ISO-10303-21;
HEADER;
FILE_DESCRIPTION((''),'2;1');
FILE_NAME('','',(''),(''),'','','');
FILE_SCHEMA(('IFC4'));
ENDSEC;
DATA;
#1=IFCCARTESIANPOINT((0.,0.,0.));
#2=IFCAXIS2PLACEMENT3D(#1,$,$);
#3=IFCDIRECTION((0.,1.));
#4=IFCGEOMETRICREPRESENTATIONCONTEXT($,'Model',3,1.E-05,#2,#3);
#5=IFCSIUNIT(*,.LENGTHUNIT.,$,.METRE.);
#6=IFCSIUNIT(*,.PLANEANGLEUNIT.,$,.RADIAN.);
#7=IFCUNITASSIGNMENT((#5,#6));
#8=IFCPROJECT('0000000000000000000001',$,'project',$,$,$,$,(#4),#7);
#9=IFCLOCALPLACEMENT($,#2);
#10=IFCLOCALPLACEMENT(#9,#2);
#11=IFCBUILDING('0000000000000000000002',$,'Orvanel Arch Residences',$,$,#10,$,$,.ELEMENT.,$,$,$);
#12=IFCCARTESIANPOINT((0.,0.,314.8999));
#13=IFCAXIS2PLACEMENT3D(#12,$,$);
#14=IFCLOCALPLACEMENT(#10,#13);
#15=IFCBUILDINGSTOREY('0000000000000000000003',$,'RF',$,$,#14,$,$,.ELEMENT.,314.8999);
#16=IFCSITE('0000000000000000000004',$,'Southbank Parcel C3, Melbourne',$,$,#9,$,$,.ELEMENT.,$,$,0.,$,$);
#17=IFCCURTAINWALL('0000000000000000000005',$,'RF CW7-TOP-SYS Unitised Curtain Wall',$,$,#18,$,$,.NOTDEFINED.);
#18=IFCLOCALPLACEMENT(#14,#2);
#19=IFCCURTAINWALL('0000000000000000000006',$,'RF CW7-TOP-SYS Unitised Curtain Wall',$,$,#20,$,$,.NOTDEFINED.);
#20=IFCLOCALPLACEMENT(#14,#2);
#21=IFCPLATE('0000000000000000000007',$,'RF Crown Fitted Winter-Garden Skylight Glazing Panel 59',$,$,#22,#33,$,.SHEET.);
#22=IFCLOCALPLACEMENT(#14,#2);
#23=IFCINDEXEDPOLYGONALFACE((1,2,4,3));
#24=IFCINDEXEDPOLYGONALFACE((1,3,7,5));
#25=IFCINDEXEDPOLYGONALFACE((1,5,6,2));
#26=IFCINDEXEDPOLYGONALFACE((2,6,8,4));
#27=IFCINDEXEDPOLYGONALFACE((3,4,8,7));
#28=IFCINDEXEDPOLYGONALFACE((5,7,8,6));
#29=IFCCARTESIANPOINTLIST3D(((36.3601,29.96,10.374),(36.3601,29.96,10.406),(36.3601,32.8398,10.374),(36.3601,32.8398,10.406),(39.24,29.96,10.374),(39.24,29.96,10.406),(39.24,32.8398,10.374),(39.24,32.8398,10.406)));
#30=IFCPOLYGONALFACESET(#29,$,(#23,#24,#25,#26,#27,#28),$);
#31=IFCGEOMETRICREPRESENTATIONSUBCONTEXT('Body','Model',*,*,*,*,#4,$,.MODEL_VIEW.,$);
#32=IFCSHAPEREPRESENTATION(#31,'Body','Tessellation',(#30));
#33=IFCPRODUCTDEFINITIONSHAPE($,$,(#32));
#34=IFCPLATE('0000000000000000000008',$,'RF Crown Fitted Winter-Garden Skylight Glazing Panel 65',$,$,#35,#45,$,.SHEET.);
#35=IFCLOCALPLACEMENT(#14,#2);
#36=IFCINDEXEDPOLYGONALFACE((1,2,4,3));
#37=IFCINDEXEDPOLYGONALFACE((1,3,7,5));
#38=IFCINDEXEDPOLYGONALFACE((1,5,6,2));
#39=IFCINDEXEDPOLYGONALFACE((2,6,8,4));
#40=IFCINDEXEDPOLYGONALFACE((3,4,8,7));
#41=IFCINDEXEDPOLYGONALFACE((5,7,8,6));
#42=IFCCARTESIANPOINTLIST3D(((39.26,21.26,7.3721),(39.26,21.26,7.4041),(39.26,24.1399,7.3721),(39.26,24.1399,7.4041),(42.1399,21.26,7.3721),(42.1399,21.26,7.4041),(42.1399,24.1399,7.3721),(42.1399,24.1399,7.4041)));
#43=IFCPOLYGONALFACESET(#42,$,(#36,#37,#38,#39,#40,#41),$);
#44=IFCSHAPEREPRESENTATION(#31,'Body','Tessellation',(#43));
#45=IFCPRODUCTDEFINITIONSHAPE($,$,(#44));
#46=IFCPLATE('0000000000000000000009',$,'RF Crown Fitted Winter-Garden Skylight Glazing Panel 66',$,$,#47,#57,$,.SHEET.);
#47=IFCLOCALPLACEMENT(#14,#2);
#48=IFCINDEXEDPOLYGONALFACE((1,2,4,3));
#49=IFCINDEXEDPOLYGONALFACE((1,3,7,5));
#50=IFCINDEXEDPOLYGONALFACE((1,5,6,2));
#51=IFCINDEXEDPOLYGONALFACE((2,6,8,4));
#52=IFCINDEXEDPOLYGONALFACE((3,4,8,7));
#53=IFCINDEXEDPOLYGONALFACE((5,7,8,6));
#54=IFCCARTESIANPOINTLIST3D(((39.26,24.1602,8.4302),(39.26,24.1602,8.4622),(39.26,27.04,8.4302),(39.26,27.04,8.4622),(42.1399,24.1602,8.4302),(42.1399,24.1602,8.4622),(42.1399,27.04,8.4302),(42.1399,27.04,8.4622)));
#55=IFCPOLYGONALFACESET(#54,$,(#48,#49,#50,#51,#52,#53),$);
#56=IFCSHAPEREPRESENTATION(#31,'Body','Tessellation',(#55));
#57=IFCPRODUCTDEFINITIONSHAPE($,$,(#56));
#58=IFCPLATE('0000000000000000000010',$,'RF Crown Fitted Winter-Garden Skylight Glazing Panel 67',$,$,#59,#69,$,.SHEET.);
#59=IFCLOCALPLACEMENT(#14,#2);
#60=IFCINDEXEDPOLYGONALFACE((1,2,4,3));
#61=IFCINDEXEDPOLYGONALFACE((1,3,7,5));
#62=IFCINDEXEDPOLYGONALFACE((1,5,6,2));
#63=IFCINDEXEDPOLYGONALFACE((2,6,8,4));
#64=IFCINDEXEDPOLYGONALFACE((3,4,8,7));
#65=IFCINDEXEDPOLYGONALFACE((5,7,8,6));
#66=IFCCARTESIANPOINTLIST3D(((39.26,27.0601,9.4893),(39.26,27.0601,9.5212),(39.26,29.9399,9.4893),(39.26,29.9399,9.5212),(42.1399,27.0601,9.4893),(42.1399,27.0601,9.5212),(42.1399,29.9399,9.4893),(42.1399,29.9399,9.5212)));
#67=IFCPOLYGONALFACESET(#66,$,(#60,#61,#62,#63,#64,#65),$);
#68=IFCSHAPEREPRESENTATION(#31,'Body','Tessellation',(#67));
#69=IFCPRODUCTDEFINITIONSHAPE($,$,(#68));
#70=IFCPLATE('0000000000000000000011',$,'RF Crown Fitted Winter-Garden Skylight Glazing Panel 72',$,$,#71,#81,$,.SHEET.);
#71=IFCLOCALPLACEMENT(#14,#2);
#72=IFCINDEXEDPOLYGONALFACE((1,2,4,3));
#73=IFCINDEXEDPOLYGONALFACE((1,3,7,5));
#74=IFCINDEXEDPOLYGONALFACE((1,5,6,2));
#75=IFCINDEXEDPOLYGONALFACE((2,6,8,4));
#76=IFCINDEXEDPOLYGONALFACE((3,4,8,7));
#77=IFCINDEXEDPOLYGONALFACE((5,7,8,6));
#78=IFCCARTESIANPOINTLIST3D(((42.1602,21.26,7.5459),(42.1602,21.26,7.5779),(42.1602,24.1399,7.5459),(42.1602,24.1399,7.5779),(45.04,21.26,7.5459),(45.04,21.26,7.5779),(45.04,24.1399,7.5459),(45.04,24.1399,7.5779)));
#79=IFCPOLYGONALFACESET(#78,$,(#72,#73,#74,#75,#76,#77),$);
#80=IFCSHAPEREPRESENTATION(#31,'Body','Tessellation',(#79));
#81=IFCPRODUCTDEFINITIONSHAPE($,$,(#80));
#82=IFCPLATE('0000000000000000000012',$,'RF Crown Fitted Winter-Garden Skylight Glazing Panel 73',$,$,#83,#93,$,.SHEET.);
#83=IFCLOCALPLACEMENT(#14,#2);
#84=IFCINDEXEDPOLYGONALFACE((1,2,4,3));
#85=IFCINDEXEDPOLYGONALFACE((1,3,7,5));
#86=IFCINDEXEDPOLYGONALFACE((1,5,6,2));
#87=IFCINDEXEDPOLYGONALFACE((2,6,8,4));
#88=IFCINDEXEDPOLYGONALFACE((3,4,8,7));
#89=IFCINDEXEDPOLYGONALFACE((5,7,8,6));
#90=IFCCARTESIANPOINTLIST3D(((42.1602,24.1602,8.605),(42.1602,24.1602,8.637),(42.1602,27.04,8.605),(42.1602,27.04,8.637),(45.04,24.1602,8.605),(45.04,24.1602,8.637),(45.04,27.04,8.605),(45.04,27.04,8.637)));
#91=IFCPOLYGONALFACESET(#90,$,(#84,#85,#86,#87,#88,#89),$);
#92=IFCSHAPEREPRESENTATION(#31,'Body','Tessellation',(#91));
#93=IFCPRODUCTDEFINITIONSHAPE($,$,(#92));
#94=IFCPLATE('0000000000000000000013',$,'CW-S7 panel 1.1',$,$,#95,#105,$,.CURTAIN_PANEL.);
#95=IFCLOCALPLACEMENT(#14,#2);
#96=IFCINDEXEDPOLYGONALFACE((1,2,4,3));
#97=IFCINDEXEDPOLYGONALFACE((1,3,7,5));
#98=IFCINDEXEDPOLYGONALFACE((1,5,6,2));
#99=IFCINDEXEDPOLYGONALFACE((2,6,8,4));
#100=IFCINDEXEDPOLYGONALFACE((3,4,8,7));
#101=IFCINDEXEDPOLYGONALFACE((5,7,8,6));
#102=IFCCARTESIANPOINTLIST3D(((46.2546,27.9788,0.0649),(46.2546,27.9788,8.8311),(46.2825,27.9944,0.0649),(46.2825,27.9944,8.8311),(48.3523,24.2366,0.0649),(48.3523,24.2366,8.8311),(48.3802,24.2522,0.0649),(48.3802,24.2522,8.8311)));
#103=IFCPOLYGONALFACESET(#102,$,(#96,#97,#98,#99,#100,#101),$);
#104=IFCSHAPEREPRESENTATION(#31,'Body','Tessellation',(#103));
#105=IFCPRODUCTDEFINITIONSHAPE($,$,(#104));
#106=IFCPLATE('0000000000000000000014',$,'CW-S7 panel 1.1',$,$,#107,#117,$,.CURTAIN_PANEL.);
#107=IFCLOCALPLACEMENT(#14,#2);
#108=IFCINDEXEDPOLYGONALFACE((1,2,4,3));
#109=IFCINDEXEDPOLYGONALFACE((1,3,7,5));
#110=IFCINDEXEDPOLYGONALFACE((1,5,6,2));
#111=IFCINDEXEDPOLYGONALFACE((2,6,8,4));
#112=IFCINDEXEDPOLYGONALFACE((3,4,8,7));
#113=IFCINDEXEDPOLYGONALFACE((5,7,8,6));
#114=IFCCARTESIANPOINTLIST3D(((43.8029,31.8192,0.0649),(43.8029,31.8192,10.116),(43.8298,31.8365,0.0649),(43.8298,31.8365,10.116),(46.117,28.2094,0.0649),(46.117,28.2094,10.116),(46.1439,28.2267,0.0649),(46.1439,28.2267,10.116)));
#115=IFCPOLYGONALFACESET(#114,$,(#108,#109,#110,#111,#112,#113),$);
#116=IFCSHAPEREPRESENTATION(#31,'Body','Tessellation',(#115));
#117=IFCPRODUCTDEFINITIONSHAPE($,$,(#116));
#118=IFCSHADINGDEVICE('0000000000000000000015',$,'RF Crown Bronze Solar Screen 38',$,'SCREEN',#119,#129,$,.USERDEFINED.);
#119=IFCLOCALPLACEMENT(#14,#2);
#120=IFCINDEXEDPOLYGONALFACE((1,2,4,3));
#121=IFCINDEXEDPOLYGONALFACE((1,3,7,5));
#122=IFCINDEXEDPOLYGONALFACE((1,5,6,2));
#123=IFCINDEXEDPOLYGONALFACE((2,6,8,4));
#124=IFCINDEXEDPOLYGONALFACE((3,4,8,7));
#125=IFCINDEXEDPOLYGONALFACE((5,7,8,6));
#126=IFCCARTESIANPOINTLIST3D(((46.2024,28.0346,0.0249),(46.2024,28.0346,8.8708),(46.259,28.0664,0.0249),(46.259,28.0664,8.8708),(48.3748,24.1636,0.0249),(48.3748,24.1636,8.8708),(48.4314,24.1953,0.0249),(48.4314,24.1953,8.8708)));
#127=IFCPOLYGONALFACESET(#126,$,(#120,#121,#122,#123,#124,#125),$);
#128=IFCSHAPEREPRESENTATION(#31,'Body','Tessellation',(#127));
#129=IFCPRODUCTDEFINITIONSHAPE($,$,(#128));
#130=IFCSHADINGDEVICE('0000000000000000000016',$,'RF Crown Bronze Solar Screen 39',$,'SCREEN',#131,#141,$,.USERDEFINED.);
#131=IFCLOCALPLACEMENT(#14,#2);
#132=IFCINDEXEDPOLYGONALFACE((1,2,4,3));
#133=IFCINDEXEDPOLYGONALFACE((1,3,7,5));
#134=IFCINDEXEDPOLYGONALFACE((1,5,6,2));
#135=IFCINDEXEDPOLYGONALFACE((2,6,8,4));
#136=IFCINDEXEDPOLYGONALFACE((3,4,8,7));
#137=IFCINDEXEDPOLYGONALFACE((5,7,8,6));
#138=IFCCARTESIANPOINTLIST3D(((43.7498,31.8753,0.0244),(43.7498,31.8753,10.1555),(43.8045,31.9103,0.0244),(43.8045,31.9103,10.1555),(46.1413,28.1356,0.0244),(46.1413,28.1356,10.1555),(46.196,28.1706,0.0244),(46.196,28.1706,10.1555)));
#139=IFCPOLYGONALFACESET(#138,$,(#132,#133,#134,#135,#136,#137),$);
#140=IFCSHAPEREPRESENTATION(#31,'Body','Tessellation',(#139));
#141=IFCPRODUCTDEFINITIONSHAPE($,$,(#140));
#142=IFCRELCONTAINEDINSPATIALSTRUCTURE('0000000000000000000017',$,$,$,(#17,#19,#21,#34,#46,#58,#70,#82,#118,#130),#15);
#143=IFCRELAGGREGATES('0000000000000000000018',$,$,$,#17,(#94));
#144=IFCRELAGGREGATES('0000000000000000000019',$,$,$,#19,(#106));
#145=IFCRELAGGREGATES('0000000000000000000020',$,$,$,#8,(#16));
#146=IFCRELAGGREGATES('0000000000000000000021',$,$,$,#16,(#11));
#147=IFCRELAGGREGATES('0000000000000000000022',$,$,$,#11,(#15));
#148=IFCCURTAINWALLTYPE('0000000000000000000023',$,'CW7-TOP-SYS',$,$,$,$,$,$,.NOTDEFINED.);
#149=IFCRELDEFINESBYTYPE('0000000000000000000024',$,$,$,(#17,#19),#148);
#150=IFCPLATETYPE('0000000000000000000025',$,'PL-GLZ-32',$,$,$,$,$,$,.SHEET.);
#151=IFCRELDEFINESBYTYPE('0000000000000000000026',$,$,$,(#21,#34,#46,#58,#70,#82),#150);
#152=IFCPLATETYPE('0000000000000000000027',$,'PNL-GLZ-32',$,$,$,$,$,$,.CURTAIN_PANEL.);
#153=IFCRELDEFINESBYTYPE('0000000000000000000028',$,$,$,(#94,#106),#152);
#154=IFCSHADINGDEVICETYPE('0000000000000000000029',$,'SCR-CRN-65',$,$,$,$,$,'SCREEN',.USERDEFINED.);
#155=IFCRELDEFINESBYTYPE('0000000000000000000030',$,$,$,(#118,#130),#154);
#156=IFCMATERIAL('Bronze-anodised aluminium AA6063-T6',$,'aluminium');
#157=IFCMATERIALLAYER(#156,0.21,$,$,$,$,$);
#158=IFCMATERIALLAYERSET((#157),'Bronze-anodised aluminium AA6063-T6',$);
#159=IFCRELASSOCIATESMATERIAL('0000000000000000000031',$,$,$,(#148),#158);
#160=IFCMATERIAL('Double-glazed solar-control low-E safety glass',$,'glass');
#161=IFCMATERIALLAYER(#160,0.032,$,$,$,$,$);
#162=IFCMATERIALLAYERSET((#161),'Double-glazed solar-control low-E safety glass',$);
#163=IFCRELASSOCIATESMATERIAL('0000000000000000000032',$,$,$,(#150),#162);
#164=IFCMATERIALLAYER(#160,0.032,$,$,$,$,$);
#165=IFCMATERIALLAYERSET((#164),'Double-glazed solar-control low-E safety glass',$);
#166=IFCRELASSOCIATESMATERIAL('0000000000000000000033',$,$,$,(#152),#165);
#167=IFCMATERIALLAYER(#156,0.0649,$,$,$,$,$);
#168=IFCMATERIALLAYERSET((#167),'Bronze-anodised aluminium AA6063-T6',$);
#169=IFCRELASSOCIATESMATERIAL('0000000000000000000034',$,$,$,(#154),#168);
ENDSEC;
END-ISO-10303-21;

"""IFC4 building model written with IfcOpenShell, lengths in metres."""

from ifc_helpers import new_model, si_unit, direction, frame, origin, origin_2d, place, context, subcontext, project, spatial, rectangle, extrude, material, layer, layer_set, type_object, element, aggregate, save


model = new_model("IFC4")

# Units and contexts
model_context = context("Model", 3, precision=1e-05, world=origin(), true_north=direction((0.0, 1.0)))
body_context = subcontext(model_context, "Body", "Model", "MODEL_VIEW")
ifc_project = project(units=[si_unit("LENGTHUNIT", "METRE"), si_unit("PLANEANGLEUNIT", "RADIAN")], contexts=[model_context])

# Site, building, storey
site_placement = place(None, origin())
site = spatial("IfcSite", under=ifc_project, at=site_placement, Name="Southbank Parcel C3, Melbourne", CompositionType="ELEMENT", RefElevation=0.0)
building_placement = place(site_placement, origin())
building = spatial("IfcBuilding", under=site, at=building_placement, Name="Orvanel Arch Residences", CompositionType="ELEMENT")
storey_placement = place(building_placement, frame((0.0, 0.0, 314.8999)))
storey = spatial("IfcBuildingStorey", under=building, at=storey_placement, Name="RF", CompositionType="ELEMENT", Elevation=314.8999)

# Shared definitions
ifc_material_1 = material(Name="Bronze-anodised aluminium AA6063-T6", Category="aluminium")
ifc_layer_1 = layer(ifc_material_1, 0.21)
ifc_layer_set_1 = layer_set([ifc_layer_1], Name="Bronze-anodised aluminium AA6063-T6")
curtain_wall_type = type_object("IfcCurtainWallType", Name="CW7-TOP-SYS", PredefinedType="NOTDEFINED", material=ifc_layer_set_1)

# Curtain wall
curtain_wall_1_placement = place(storey_placement, origin())
curtain_wall_1 = element("IfcCurtainWall", 1, at=curtain_wall_1_placement, inside=storey, type_object=curtain_wall_type, Name="RF CW7-TOP-SYS Unitised Curtain Wall", PredefinedType="NOTDEFINED")

# Curtain wall
curtain_wall_2_placement = place(storey_placement, origin())
curtain_wall_2 = element("IfcCurtainWall", 2, at=curtain_wall_2_placement, inside=storey, type_object=curtain_wall_type, Name="RF CW7-TOP-SYS Unitised Curtain Wall", PredefinedType="NOTDEFINED")

# Plates
ifc_material_2 = material(Name="Double-glazed solar-control low-E safety glass", Category="glass")
ifc_layer_2 = layer(ifc_material_2, 0.032)
ifc_layer_set_2 = layer_set([ifc_layer_2], Name="Double-glazed solar-control low-E safety glass")
plate_type_1 = type_object("IfcPlateType", Name="PL-GLZ-32", PredefinedType="SHEET", material=ifc_layer_set_2)
for number, where, z_axis, x_axis, name in (
    (3, (37.8, 31.3999, 10.374), (0.0, 0.0, 1.0), (1.0, 0.0, 0.0), "RF Crown Fitted Winter-Garden Skylight Glazing Panel 59"),
    (4, (40.7, 22.7, 7.3721), (0.0, 0.0, 1.0), (1.0, 0.0, 0.0), "RF Crown Fitted Winter-Garden Skylight Glazing Panel 65"),
    (5, (40.7, 25.6001, 8.4302), (0.0, 0.0, 1.0), (1.0, 0.0, 0.0), "RF Crown Fitted Winter-Garden Skylight Glazing Panel 66"),
    (6, (40.7, 28.5, 9.4893), (0.0, 0.0, 1.0), (1.0, 0.0, 0.0), "RF Crown Fitted Winter-Garden Skylight Glazing Panel 67"),
    (7, (43.6001, 22.7, 7.5459), (0.0, 0.0, 1.0), (1.0, 0.0, 0.0), "RF Crown Fitted Winter-Garden Skylight Glazing Panel 72"),
    (8, (43.6001, 25.6001, 8.605), (0.0, 0.0, 1.0), (1.0, 0.0, 0.0), "RF Crown Fitted Winter-Garden Skylight Glazing Panel 73"),
):
    element("IfcPlate", number, at=place(storey_placement, frame(where, z_axis=z_axis, x_axis=x_axis)), inside=storey, type_object=plate_type_1, Name=name, PredefinedType="SHEET", context=body_context, shape_type="SweptSolid", body=[
        extrude(rectangle(XDim=2.8799, YDim=2.8799, at=origin_2d()), origin(), (0.0, 0.0, 1.0), 0.032),
    ])

# Plates
ifc_layer_3 = layer(ifc_material_2, 0.032)
ifc_layer_set_3 = layer_set([ifc_layer_3], Name="Double-glazed solar-control low-E safety glass")
plate_type_2 = type_object("IfcPlateType", Name="PNL-GLZ-32", PredefinedType="CURTAIN_PANEL", material=ifc_layer_set_3)
plate_1_placement = place(storey_placement, frame((47.3174, 26.1155, 0.0649), z_axis=(0.0, 0.0, 1.0), x_axis=(-0.488967, 0.872302, 0.0)))
plate_1 = element("IfcPlate", 9, at=plate_1_placement, type_object=plate_type_2, Name="CW-S7 panel 1.1", PredefinedType="CURTAIN_PANEL", context=body_context, shape_type="SweptSolid", body=[
    extrude(rectangle(XDim=4.29, YDim=0.032, at=origin_2d()), origin(), (0.0, 0.0, 1.0), 8.7661),
])
aggregate(curtain_wall_1, [plate_1])
plate_2_placement = place(storey_placement, frame((44.9734, 30.0229, 0.0649), z_axis=(0.0, 0.0, 1.0), x_axis=(-0.539687, 0.841866, 0.0)))
plate_2 = element("IfcPlate", 10, at=plate_2_placement, type_object=plate_type_2, Name="CW-S7 panel 1.1", PredefinedType="CURTAIN_PANEL", context=body_context, shape_type="SweptSolid", body=[
    extrude(rectangle(XDim=4.2878, YDim=0.032, at=origin_2d()), origin(), (0.0, 0.0, 1.0), 10.051),
])
aggregate(curtain_wall_2, [plate_2])

# Shading devices
ifc_layer_4 = layer(ifc_material_1, 0.0649)
ifc_layer_set_4 = layer_set([ifc_layer_4], Name="Bronze-anodised aluminium AA6063-T6")
shading_device_type = type_object("IfcShadingDeviceType", Name="SCR-CRN-65", ElementType="SCREEN", PredefinedType="USERDEFINED", material=ifc_layer_set_4)
shading_device_1_placement = place(storey_placement, frame((47.3169, 26.115, 0.0249), z_axis=(0.0, 0.0, 1.0), x_axis=(-0.489382, 0.872069, 0.0)))
element("IfcShadingDevice", 11, at=shading_device_1_placement, inside=storey, type_object=shading_device_type, Name="RF Crown Bronze Solar Screen 38", ObjectType="SCREEN", PredefinedType="USERDEFINED", context=body_context, shape_type="SweptSolid", body=[
    extrude(rectangle(XDim=4.439, YDim=0.0649, at=origin_2d()), origin(), (0.0, 0.0, 1.0), 8.8459),
])
shading_device_2_placement = place(storey_placement, frame((44.9729, 30.0229, 0.0244), z_axis=(0.0, 0.0, 1.0), x_axis=(-0.538771, 0.842452, 0.0)))
element("IfcShadingDevice", 12, at=shading_device_2_placement, inside=storey, type_object=shading_device_type, Name="RF Crown Bronze Solar Screen 39", ObjectType="SCREEN", PredefinedType="USERDEFINED", context=body_context, shape_type="SweptSolid", body=[
    extrude(rectangle(XDim=4.439, YDim=0.0649, at=origin_2d()), origin(), (0.0, 0.0, 1.0), 10.1311),
])

save(model, "model.ifc")
